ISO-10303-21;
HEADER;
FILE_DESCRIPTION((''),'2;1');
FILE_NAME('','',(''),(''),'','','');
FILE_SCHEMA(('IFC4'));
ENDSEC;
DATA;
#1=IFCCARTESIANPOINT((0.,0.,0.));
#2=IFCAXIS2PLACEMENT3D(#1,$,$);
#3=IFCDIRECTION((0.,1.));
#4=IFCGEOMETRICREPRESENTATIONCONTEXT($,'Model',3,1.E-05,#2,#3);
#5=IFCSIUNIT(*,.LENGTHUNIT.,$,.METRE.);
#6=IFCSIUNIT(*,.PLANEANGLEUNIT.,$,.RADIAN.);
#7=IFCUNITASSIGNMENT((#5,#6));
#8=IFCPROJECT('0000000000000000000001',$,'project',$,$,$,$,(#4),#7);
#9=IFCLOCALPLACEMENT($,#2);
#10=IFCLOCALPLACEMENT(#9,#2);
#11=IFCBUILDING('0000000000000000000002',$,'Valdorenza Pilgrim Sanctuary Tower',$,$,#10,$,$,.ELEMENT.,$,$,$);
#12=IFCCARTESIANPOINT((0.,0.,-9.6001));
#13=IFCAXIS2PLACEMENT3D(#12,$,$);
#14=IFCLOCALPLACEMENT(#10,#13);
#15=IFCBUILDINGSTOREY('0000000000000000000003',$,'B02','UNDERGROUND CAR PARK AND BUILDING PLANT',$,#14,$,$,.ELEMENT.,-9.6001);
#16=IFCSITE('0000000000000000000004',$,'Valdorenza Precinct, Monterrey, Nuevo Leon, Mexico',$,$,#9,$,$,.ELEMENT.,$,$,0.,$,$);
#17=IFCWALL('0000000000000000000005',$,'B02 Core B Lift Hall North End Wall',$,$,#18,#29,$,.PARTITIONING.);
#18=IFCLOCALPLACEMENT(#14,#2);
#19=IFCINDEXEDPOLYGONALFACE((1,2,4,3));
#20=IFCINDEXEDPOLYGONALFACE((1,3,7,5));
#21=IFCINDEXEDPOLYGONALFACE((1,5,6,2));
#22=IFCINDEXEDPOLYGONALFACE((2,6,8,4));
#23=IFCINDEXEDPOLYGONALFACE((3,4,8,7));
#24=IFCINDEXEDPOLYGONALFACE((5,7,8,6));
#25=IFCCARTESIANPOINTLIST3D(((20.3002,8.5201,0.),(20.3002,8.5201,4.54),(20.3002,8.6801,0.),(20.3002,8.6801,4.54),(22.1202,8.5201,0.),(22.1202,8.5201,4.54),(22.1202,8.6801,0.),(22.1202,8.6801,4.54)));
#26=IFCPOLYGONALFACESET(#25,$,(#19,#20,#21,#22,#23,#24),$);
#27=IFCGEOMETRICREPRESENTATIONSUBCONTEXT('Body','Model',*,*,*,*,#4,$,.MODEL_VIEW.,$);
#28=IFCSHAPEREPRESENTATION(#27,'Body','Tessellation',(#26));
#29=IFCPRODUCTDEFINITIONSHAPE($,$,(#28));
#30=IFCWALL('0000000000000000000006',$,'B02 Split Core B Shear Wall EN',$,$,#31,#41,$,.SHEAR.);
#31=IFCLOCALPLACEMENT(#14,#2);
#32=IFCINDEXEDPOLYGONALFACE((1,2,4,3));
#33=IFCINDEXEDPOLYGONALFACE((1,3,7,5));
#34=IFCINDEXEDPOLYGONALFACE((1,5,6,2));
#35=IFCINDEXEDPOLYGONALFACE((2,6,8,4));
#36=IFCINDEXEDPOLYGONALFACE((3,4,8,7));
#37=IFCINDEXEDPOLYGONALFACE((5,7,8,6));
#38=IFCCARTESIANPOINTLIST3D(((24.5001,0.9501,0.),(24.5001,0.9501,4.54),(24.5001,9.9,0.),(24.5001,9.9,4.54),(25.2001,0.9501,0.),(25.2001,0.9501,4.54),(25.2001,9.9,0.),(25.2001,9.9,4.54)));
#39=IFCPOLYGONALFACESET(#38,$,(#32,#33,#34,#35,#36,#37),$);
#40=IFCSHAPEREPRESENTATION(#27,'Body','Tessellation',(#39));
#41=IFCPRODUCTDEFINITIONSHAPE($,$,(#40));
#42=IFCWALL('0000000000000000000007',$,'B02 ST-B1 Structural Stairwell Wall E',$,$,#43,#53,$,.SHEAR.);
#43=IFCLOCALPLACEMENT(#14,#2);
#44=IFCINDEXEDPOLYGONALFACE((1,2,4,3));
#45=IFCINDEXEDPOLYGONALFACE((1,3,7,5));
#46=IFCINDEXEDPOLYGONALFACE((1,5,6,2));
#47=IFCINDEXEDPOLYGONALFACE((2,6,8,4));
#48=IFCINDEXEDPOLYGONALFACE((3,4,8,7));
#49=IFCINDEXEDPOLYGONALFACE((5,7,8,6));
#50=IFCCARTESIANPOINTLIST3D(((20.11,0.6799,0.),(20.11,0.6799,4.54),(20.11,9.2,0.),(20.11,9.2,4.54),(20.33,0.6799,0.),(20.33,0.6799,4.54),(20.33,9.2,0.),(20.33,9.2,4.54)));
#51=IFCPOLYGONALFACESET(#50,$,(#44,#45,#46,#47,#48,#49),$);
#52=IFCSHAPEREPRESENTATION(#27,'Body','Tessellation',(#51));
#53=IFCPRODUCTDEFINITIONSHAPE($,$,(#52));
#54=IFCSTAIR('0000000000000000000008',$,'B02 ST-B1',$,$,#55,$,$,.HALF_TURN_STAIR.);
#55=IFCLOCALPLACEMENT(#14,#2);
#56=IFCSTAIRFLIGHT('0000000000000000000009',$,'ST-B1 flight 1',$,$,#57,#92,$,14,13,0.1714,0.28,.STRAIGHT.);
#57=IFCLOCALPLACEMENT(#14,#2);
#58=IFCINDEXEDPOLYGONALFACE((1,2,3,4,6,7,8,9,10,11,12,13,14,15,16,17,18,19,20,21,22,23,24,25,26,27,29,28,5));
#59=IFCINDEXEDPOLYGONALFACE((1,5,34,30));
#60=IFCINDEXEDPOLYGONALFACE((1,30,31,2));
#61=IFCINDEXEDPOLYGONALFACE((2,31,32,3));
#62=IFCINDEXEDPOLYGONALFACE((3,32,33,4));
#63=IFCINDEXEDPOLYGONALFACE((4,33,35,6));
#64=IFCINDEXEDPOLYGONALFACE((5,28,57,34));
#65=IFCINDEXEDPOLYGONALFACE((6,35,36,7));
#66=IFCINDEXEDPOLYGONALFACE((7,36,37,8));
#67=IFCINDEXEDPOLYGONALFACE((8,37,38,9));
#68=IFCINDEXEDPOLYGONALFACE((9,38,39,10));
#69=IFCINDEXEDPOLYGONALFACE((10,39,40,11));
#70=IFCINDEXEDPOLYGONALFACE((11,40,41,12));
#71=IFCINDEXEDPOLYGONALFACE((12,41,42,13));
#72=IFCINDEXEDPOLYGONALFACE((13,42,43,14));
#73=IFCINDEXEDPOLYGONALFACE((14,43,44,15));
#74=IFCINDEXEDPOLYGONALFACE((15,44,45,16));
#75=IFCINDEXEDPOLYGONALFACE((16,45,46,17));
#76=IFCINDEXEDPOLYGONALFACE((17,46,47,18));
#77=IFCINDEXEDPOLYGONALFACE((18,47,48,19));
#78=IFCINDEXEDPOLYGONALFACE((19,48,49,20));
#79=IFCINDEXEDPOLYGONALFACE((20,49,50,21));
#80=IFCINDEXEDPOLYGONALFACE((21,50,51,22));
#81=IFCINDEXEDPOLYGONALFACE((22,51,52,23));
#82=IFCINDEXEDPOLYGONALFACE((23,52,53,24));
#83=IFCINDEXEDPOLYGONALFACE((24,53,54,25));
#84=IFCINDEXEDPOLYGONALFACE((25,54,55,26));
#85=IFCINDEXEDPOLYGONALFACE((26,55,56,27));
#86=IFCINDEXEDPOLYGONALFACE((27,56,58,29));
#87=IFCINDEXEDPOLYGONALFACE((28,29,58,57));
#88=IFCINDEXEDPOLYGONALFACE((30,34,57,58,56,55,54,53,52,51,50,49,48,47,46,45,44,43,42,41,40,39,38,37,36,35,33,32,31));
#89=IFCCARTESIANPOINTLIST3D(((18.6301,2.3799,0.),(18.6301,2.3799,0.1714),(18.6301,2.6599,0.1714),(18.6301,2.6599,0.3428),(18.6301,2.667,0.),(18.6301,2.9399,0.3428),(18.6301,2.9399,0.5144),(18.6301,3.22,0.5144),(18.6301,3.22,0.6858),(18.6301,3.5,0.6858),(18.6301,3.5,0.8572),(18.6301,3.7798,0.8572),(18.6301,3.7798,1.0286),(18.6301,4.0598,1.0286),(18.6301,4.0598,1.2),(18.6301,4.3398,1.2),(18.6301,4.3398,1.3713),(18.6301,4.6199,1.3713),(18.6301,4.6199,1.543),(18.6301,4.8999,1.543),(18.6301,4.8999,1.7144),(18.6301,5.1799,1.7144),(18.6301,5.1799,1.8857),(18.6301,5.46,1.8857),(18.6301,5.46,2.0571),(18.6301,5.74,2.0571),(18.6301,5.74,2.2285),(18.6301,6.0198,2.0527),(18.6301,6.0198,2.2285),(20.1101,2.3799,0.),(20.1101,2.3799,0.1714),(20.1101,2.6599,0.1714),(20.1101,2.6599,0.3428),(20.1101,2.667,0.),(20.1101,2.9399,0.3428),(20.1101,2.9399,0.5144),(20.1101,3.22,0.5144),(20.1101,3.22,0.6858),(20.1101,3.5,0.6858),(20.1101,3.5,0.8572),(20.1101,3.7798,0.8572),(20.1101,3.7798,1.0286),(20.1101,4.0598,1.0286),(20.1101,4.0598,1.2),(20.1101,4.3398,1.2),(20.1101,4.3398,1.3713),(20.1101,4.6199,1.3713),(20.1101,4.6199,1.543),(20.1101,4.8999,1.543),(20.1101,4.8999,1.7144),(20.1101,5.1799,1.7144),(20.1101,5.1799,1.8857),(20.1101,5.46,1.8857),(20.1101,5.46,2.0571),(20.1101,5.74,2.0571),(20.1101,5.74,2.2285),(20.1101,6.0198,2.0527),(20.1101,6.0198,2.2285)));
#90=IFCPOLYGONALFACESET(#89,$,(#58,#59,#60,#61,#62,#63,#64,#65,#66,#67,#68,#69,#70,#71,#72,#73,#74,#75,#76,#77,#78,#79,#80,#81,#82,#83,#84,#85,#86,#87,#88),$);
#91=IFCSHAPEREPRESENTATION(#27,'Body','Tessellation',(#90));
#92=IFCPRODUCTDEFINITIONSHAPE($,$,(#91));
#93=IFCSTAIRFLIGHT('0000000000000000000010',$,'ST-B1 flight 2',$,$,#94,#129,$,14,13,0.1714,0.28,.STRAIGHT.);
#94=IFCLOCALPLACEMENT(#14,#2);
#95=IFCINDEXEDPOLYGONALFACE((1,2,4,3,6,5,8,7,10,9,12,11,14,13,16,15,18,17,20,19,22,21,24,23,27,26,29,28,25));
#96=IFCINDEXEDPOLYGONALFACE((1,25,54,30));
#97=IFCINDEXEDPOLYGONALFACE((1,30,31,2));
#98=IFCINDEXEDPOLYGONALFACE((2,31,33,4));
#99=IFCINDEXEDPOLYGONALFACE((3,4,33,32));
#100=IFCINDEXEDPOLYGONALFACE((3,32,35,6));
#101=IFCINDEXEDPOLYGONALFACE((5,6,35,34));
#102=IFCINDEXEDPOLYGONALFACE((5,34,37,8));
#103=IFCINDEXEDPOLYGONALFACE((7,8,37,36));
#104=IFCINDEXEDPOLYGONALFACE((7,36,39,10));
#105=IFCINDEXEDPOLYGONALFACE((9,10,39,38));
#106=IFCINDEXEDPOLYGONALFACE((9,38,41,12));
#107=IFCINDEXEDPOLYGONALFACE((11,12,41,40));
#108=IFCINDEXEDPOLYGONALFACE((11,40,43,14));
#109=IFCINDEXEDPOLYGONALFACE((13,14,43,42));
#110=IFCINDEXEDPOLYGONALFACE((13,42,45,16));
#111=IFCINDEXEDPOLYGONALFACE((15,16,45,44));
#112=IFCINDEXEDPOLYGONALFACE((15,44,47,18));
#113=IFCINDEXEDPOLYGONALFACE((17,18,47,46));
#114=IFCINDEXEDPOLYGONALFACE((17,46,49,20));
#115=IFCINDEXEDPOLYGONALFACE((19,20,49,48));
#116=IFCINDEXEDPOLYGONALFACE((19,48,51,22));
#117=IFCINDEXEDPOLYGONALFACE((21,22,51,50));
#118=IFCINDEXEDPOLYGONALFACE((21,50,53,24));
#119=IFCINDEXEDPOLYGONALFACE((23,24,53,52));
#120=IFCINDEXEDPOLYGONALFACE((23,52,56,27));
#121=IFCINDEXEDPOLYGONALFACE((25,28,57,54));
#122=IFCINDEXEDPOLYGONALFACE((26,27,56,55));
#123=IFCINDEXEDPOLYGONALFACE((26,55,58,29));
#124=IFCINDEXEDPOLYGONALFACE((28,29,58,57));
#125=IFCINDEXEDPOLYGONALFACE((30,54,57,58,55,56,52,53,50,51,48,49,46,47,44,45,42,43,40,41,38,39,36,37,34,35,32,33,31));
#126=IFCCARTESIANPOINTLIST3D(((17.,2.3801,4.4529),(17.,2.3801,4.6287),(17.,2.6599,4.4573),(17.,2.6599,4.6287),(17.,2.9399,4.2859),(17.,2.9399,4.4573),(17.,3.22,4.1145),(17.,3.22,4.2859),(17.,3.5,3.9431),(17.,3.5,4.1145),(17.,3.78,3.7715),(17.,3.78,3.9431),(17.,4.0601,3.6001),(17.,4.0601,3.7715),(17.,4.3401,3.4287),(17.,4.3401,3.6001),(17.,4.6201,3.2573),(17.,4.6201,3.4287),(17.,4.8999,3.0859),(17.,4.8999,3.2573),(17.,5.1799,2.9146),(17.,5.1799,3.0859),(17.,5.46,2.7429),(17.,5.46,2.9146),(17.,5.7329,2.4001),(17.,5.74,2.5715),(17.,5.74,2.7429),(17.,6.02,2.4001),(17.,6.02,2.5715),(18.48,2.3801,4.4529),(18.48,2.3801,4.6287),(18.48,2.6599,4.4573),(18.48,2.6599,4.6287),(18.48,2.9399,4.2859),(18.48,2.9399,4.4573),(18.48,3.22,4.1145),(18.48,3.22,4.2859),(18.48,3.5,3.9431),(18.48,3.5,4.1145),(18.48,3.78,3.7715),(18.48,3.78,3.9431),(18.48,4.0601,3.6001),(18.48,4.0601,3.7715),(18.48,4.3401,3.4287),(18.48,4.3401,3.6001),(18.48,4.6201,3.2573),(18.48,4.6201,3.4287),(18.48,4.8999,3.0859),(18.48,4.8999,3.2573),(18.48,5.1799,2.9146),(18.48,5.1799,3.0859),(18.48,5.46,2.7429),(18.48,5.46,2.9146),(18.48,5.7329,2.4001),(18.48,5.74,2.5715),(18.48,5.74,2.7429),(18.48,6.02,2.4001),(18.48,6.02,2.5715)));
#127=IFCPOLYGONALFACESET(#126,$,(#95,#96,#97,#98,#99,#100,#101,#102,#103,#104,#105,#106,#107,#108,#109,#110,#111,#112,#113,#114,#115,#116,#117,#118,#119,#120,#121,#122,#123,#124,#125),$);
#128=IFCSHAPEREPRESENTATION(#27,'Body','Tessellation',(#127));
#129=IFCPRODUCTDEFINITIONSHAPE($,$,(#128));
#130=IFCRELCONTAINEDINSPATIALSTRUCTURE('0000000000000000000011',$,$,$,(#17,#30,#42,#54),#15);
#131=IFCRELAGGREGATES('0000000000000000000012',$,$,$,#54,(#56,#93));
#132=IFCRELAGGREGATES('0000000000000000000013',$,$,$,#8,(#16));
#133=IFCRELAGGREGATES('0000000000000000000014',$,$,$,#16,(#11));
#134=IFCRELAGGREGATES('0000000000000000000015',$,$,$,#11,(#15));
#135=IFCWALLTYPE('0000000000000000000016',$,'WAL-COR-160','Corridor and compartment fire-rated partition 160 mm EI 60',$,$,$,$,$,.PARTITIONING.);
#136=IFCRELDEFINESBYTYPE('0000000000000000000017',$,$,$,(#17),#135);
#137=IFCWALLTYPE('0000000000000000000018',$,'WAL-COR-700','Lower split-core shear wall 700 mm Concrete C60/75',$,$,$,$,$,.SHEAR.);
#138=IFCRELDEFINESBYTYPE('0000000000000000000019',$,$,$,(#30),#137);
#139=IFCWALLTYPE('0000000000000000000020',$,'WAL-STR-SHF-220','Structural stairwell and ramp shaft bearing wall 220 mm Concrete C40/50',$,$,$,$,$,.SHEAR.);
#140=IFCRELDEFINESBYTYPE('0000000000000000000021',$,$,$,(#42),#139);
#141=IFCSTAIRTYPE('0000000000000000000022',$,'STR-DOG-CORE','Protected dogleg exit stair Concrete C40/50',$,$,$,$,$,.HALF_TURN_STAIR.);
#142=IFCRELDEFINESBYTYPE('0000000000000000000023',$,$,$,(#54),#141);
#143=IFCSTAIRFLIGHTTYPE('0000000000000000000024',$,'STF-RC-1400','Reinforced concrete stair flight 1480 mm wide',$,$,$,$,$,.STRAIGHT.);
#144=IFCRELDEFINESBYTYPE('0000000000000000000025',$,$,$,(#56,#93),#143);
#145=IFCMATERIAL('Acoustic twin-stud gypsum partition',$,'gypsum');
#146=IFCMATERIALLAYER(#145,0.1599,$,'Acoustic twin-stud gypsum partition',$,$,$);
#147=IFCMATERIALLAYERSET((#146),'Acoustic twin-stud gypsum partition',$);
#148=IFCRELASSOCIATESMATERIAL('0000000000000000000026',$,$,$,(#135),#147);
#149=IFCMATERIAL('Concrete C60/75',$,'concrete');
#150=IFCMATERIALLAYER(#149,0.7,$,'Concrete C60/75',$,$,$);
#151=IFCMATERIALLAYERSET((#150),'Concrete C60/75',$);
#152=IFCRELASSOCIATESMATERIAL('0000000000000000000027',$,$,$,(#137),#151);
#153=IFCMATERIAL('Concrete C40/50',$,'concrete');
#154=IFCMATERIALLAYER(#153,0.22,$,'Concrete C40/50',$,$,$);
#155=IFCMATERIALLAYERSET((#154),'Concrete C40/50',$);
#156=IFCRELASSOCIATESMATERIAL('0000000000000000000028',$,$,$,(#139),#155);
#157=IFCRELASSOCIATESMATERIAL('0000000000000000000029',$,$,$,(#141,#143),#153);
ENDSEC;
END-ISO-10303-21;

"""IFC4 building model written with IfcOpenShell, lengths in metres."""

from ifc_helpers import new_model, si_unit, direction, frame, frame_2d, origin, place, context, subcontext, project, spatial, polyline, rectangle, outline, extrude, material, layer, layer_set, type_object, element, aggregate, save


model = new_model("IFC4")

# Units and contexts
model_context = context("Model", 3, precision=1e-05, world=origin(), true_north=direction((0.0, 1.0)))
body_context = subcontext(model_context, "Body", "Model", "MODEL_VIEW")
ifc_project = project(units=[si_unit("LENGTHUNIT", "METRE"), si_unit("PLANEANGLEUNIT", "RADIAN")], contexts=[model_context])

# Site, building, storey
site_placement = place(None, origin())
site = spatial("IfcSite", under=ifc_project, at=site_placement, Name="Valdorenza Precinct, Monterrey, Nuevo Leon, Mexico", CompositionType="ELEMENT", RefElevation=0.0)
building_placement = place(site_placement, origin())
building = spatial("IfcBuilding", under=site, at=building_placement, Name="Valdorenza Pilgrim Sanctuary Tower", CompositionType="ELEMENT")
storey_placement = place(building_placement, frame((0.0, 0.0, -9.6001)))
storey = spatial("IfcBuildingStorey", under=building, at=storey_placement, Name="B02", Description="UNDERGROUND CAR PARK AND BUILDING PLANT", CompositionType="ELEMENT", Elevation=-9.6001)

# Shared definitions
ifc_material_1 = material(Name="Concrete C60/75", Category="concrete")

# Shared definitions
ifc_material_2 = material(Name="Acoustic twin-stud gypsum partition", Category="gypsum")
ifc_layer_1 = layer(ifc_material_2, 0.1599, Name="Acoustic twin-stud gypsum partition")
ifc_layer_set_1 = layer_set([ifc_layer_1], Name="Acoustic twin-stud gypsum partition")
wall_type_1 = type_object("IfcWallType", Name="WAL-COR-160", Description="Corridor and compartment fire-rated partition 160 mm EI 60", PredefinedType="PARTITIONING", material=ifc_layer_set_1)

# Walls
wall_1_placement = place(storey_placement, frame((20.3, 8.6001, 0.0), z_axis=(0.0, 0.0, 1.0), x_axis=(1.0, 0.0, 0.0)))
element("IfcWall", 1, at=wall_1_placement, inside=storey, type_object=wall_type_1, Name="B02 Core B Lift Hall North End Wall", PredefinedType="PARTITIONING", context=body_context, shape_type="SweptSolid", body=[
    extrude(rectangle(XDim=1.8201, YDim=0.1599, at=frame_2d((0.9102, 0.0))), origin(), (0.0, 0.0, 1.0), 4.54),
])
ifc_layer_2 = layer(ifc_material_1, 0.7, Name="Concrete C60/75")
ifc_layer_set_2 = layer_set([ifc_layer_2], Name="Concrete C60/75")
wall_type_2 = type_object("IfcWallType", Name="WAL-COR-700", Description="Lower split-core shear wall 700 mm Concrete C60/75", PredefinedType="SHEAR", material=ifc_layer_set_2)
wall_2_placement = place(storey_placement, frame((24.8501, 0.95, 0.0), z_axis=(0.0, 0.0, 1.0), x_axis=(0.0, 1.0, 0.0)))
element("IfcWall", 2, at=wall_2_placement, inside=storey, type_object=wall_type_2, Name="B02 Split Core B Shear Wall EN", PredefinedType="SHEAR", context=body_context, shape_type="SweptSolid", body=[
    extrude(rectangle(XDim=8.95, YDim=0.7, at=frame_2d((4.4751, 0.0))), origin(), (0.0, 0.0, 1.0), 4.54),
])
ifc_material_3 = material(Name="Concrete C40/50", Category="concrete")
ifc_layer_3 = layer(ifc_material_3, 0.22, Name="Concrete C40/50")
ifc_layer_set_3 = layer_set([ifc_layer_3], Name="Concrete C40/50")
wall_type_3 = type_object("IfcWallType", Name="WAL-STR-SHF-220", Description="Structural stairwell and ramp shaft bearing wall 220 mm Concrete C40/50", PredefinedType="SHEAR", material=ifc_layer_set_3)
wall_3_placement = place(storey_placement, frame((20.22, 0.6799, 0.0), z_axis=(0.0, 0.0, 1.0), x_axis=(0.0, 1.0, 0.0)))
element("IfcWall", 3, at=wall_3_placement, inside=storey, type_object=wall_type_3, Name="B02 ST-B1 Structural Stairwell Wall E", PredefinedType="SHEAR", context=body_context, shape_type="SweptSolid", body=[
    extrude(rectangle(XDim=8.52, YDim=0.22, at=frame_2d((4.26, 0.0))), origin(), (0.0, 0.0, 1.0), 4.54),
])

# Stair, stair flights
stair_type = type_object("IfcStairType", Name="STR-DOG-CORE", Description="Protected dogleg exit stair Concrete C40/50", PredefinedType="HALF_TURN_STAIR", material=ifc_material_3)
stair_placement = place(storey_placement, origin())
stair = element("IfcStair", 4, at=stair_placement, inside=storey, type_object=stair_type, Name="B02 ST-B1", PredefinedType="HALF_TURN_STAIR")
stair_flight_type = type_object("IfcStairFlightType", Name="STF-RC-1400", Description="Reinforced concrete stair flight 1480 mm wide", PredefinedType="STRAIGHT", material=ifc_material_3)
stair_flight_1_placement = place(storey_placement, frame((19.3701, 2.3799, 0.0), z_axis=(0.0, 0.0, 1.0), x_axis=(0.0, 1.0, 0.0)))
stair_flight_1 = element("IfcStairFlight", 5, at=stair_flight_1_placement, type_object=stair_flight_type, Name="ST-B1 flight 1", NumberOfRisers=14, NumberOfTreads=13, PredefinedType="STRAIGHT", RiserHeight=0.1714, TreadLength=0.28, context=body_context, shape_type="SweptSolid", body=[
    extrude(outline(polyline([(0.0, 0.0), (0.0, 0.1714), (0.28, 0.1714), (0.28, 0.3428), (0.5601, 0.3428), (0.5601, 0.5144), (0.8401, 0.5144), (0.8401, 0.6858), (1.1201, 0.6858), (1.1201, 0.8572), (1.3999, 0.8572), (1.3999, 1.0286), (1.6799, 1.0286), (1.6799, 1.2), (1.96, 1.2), (1.96, 1.3713), (2.24, 1.3713), (2.24, 1.543), (2.52, 1.543), (2.52, 1.7144), (2.8, 1.7144), (2.8, 1.8857), (3.0801, 1.8857), (3.0801, 2.0571), (3.3601, 2.0571), (3.3601, 2.2285), (3.6399, 2.2285), (3.6399, 2.3999), (3.6399, 2.0527), (0.2871, 0.0), (0.0, 0.0)])), frame((0.0, 0.74, 0.0), z_axis=(0.0, -1.0, 0.0), x_axis=(1.0, 0.0, 0.0)), (0.0, 0.0, 1.0), 1.48),
])
stair_flight_2_placement = place(storey_placement, frame((17.74, 6.02, 2.4001), z_axis=(0.0, 0.0, 1.0), x_axis=(0.0, -1.0, 0.0)))
stair_flight_2 = element("IfcStairFlight", 6, at=stair_flight_2_placement, type_object=stair_flight_type, Name="ST-B1 flight 2", NumberOfRisers=14, NumberOfTreads=13, PredefinedType="STRAIGHT", RiserHeight=0.1714, TreadLength=0.28, context=body_context, shape_type="SweptSolid", body=[
    extrude(outline(polyline([(0.0, 0.0), (0.0, 0.1714), (0.28, 0.1714), (0.28, 0.3428), (0.5601, 0.3428), (0.5601, 0.5144), (0.8401, 0.5144), (0.8401, 0.6858), (1.1201, 0.6858), (1.1201, 0.8572), (1.3999, 0.8572), (1.3999, 1.0286), (1.6799, 1.0286), (1.6799, 1.2), (1.96, 1.2), (1.96, 1.3713), (2.24, 1.3713), (2.24, 1.543), (2.52, 1.543), (2.52, 1.7144), (2.8, 1.7144), (2.8, 1.8857), (3.0801, 1.8857), (3.0801, 2.0571), (3.3601, 2.0571), (3.3601, 2.2285), (3.6399, 2.2285), (3.6399, 2.3999), (3.6399, 2.0527), (0.2871, 0.0), (0.0, 0.0)])), frame((0.0, 0.74, 0.0), z_axis=(0.0, -1.0, 0.0), x_axis=(1.0, 0.0, 0.0)), (0.0, 0.0, 1.0), 1.48),
])
aggregate(stair, [stair_flight_1, stair_flight_2])

save(model, "model.ifc")
